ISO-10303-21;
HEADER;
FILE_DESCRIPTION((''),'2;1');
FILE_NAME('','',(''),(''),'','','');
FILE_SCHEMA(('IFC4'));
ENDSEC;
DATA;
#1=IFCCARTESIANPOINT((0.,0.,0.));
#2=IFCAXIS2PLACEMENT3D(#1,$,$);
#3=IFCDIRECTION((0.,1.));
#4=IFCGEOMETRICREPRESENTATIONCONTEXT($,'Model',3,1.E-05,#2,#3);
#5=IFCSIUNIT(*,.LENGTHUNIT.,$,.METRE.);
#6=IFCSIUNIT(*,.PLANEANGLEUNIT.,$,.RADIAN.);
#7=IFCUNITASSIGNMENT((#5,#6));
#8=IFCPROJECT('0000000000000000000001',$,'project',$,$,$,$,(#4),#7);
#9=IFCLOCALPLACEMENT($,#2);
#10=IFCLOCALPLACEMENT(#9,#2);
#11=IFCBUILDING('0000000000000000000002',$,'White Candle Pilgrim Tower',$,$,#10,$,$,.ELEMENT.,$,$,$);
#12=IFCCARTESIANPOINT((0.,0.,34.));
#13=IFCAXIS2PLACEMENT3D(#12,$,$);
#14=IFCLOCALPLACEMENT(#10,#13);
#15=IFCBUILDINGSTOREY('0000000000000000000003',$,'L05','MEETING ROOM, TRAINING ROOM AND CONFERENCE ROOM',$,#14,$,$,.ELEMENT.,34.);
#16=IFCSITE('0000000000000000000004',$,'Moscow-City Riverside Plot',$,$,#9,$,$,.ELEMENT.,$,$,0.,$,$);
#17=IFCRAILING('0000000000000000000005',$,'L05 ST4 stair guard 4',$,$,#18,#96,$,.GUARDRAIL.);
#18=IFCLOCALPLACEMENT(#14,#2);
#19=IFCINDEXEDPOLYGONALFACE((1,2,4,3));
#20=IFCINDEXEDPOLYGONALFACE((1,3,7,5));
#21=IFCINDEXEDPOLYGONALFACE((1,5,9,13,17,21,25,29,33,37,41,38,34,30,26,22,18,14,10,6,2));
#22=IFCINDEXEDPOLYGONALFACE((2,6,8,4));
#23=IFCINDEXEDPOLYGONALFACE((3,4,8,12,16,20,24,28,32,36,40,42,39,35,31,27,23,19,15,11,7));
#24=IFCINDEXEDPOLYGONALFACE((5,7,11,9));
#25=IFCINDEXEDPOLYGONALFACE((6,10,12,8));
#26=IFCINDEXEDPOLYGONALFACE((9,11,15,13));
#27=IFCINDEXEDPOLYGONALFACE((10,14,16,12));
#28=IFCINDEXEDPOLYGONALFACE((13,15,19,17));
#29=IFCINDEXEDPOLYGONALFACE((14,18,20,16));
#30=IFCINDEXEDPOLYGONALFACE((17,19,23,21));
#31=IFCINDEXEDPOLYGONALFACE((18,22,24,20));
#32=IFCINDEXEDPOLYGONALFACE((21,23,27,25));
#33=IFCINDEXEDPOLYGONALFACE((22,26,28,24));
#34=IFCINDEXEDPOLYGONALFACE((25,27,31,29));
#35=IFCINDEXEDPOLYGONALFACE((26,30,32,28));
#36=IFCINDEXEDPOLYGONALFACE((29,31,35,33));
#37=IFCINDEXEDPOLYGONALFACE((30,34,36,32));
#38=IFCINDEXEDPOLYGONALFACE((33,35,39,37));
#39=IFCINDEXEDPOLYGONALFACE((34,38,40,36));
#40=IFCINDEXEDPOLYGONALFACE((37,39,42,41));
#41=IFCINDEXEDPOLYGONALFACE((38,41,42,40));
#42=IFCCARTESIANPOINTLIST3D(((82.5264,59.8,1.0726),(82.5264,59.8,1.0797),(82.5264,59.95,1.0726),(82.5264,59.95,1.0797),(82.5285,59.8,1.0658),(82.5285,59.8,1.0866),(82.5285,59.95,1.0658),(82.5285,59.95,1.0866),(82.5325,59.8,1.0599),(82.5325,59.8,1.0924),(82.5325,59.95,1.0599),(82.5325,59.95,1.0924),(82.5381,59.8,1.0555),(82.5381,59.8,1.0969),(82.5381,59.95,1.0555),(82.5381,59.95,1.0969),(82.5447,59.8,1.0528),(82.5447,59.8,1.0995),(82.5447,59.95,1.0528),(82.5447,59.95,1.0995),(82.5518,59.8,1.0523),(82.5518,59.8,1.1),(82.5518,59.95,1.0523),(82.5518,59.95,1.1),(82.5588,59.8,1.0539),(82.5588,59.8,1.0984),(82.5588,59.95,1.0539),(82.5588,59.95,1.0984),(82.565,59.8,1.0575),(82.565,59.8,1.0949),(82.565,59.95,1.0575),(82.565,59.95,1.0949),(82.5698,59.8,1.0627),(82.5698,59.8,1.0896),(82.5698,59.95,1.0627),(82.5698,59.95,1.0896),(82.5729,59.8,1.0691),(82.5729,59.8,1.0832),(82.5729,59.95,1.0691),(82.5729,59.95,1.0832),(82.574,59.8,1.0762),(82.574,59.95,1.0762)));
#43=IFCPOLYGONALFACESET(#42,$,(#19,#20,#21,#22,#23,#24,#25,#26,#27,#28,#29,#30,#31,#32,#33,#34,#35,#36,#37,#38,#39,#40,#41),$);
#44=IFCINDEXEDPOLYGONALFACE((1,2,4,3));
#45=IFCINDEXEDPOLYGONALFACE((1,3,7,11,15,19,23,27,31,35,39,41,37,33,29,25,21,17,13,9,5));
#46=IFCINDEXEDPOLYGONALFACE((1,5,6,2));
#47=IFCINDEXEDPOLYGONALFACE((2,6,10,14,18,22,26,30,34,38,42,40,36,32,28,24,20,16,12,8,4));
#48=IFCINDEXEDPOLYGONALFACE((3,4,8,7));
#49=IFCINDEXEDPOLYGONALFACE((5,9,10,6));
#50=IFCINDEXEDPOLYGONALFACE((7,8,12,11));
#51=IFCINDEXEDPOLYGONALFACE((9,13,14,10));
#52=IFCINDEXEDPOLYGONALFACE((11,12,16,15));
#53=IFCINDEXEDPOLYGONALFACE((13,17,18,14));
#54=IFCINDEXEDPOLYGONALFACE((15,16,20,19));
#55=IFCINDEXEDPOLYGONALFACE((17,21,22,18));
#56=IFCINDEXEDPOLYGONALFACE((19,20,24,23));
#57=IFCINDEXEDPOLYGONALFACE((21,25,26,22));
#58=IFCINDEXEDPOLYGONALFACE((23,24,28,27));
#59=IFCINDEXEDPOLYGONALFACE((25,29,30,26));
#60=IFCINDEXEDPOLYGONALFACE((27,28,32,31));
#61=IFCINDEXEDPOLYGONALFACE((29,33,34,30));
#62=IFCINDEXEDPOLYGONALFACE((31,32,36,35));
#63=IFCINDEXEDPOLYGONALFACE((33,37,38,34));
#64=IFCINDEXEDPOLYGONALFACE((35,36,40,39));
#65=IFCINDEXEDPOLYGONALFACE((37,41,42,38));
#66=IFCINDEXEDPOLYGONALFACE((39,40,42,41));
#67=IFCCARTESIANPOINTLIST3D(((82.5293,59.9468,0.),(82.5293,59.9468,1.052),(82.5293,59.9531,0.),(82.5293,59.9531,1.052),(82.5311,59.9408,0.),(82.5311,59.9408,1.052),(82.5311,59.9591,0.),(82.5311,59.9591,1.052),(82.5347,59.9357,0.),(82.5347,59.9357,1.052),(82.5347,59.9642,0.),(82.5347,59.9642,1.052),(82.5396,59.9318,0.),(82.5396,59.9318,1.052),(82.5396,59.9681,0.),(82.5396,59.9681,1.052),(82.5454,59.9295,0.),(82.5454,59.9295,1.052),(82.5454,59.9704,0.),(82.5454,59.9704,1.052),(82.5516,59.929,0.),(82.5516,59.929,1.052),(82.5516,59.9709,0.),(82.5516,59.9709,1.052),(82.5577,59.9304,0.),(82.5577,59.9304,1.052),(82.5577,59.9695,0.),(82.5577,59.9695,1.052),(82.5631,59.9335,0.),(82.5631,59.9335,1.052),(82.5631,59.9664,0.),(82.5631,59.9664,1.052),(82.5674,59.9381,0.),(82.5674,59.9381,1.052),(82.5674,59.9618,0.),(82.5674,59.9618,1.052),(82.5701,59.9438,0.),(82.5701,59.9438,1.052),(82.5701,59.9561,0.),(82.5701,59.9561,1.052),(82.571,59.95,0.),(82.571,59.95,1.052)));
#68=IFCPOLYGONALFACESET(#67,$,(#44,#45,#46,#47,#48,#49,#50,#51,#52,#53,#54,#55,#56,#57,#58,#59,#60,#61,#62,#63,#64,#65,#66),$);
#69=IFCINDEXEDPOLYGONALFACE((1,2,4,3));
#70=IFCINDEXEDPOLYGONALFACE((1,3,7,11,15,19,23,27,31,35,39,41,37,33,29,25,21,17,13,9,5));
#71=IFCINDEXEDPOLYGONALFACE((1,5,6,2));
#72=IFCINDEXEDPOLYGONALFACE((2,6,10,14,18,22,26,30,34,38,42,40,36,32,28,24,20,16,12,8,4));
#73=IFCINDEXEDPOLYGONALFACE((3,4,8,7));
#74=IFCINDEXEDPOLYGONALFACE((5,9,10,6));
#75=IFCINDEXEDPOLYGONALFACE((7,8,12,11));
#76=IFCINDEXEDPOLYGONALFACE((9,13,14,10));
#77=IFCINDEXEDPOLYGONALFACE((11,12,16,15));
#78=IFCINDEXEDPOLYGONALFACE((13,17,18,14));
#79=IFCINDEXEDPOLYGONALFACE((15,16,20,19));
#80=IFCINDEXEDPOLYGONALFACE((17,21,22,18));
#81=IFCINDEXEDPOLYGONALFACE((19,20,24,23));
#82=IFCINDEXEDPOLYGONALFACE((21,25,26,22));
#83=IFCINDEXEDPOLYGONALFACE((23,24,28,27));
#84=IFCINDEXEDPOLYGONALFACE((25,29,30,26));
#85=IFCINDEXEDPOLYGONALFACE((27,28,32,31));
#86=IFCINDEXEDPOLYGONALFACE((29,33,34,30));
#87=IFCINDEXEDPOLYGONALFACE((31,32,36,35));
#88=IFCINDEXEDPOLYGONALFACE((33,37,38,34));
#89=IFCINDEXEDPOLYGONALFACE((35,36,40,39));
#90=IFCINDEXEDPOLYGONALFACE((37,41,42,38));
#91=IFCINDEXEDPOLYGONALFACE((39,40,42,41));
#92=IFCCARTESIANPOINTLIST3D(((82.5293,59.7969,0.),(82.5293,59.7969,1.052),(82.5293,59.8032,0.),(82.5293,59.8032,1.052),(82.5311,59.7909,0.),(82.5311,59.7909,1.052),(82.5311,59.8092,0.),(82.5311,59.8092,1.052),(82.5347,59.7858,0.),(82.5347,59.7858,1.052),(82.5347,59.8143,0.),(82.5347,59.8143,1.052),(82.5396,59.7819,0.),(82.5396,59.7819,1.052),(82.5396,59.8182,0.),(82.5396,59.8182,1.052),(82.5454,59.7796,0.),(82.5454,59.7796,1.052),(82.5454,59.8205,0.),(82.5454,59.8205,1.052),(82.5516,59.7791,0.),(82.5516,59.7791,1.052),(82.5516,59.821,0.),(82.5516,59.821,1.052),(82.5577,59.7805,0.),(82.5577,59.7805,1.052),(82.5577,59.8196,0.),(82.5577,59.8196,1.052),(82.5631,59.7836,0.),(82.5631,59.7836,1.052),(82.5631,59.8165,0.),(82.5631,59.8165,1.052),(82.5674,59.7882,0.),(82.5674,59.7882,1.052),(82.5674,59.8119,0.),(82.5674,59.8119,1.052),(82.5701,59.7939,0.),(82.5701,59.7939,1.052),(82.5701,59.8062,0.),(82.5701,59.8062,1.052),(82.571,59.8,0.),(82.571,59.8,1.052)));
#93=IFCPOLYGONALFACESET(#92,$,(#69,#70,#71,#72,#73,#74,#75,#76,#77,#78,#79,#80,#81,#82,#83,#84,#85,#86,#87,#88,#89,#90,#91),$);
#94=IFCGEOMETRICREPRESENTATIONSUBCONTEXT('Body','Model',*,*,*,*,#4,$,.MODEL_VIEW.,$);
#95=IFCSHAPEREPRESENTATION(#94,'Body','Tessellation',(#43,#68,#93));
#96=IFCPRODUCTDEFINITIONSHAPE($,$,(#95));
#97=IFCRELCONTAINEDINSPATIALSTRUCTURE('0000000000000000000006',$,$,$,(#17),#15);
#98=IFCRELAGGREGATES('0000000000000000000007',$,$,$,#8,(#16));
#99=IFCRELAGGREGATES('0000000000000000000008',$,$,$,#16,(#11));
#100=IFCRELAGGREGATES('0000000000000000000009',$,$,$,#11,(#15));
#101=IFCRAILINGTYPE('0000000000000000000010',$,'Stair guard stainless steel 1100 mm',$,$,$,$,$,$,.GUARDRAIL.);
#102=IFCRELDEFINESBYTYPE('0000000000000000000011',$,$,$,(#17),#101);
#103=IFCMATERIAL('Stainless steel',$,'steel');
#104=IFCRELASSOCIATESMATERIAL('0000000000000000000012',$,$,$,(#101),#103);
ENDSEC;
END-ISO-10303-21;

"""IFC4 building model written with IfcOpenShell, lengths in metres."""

from ifc_helpers import new_model, si_unit, direction, frame, origin, origin_2d, place, context, subcontext, project, spatial, circle, extrude, material, type_object, element, save


model = new_model("IFC4")

# Units and contexts
model_context = context("Model", 3, precision=1e-05, world=origin(), true_north=direction((0.0, 1.0)))
body_context = subcontext(model_context, "Body", "Model", "MODEL_VIEW")
ifc_project = project(units=[si_unit("LENGTHUNIT", "METRE"), si_unit("PLANEANGLEUNIT", "RADIAN")], contexts=[model_context])

# Site, building, storey
site_placement = place(None, origin())
site = spatial("IfcSite", under=ifc_project, at=site_placement, Name="Moscow-City Riverside Plot", CompositionType="ELEMENT", RefElevation=0.0)
building_placement = place(site_placement, origin())
building = spatial("IfcBuilding", under=site, at=building_placement, Name="White Candle Pilgrim Tower", CompositionType="ELEMENT")
storey_placement = place(building_placement, frame((0.0, 0.0, 34.0)))
storey = spatial("IfcBuildingStorey", under=building, at=storey_placement, Name="L05", Description="MEETING ROOM, TRAINING ROOM AND CONFERENCE ROOM", CompositionType="ELEMENT", Elevation=34.0)

# Railing
ifc_material_1 = material(Name="Stainless steel", Category="steel")
railing_type_1 = type_object("IfcRailingType", Name="Stair guard stainless steel 1100 mm", PredefinedType="GUARDRAIL", material=ifc_material_1)
railing_1_placement = place(storey_placement, frame((82.55, 59.95, 0.0)))
element("IfcRailing", 1, at=railing_1_placement, inside=storey, type_object=railing_type_1, Name="L05 ST4 stair guard 4", PredefinedType="GUARDRAIL", context=body_context, shape_type="SweptSolid", body=[
    extrude(circle(Radius=0.0239, at=origin_2d()), frame((0.0, 0.0, 1.0762), z_axis=(0.0, -1.0, 0.0), x_axis=(1.0, 0.0, 0.0)), (0.0, 0.0, 1.0), 0.1499),
    extrude(circle(Radius=0.021, at=origin_2d()), origin(), (0.0, 0.0, 1.0), 1.052),
    extrude(circle(Radius=0.021, at=origin_2d()), frame((0.0, -0.1499, 0.0)), (0.0, 0.0, 1.0), 1.052),
])

save(model, "model.ifc")
